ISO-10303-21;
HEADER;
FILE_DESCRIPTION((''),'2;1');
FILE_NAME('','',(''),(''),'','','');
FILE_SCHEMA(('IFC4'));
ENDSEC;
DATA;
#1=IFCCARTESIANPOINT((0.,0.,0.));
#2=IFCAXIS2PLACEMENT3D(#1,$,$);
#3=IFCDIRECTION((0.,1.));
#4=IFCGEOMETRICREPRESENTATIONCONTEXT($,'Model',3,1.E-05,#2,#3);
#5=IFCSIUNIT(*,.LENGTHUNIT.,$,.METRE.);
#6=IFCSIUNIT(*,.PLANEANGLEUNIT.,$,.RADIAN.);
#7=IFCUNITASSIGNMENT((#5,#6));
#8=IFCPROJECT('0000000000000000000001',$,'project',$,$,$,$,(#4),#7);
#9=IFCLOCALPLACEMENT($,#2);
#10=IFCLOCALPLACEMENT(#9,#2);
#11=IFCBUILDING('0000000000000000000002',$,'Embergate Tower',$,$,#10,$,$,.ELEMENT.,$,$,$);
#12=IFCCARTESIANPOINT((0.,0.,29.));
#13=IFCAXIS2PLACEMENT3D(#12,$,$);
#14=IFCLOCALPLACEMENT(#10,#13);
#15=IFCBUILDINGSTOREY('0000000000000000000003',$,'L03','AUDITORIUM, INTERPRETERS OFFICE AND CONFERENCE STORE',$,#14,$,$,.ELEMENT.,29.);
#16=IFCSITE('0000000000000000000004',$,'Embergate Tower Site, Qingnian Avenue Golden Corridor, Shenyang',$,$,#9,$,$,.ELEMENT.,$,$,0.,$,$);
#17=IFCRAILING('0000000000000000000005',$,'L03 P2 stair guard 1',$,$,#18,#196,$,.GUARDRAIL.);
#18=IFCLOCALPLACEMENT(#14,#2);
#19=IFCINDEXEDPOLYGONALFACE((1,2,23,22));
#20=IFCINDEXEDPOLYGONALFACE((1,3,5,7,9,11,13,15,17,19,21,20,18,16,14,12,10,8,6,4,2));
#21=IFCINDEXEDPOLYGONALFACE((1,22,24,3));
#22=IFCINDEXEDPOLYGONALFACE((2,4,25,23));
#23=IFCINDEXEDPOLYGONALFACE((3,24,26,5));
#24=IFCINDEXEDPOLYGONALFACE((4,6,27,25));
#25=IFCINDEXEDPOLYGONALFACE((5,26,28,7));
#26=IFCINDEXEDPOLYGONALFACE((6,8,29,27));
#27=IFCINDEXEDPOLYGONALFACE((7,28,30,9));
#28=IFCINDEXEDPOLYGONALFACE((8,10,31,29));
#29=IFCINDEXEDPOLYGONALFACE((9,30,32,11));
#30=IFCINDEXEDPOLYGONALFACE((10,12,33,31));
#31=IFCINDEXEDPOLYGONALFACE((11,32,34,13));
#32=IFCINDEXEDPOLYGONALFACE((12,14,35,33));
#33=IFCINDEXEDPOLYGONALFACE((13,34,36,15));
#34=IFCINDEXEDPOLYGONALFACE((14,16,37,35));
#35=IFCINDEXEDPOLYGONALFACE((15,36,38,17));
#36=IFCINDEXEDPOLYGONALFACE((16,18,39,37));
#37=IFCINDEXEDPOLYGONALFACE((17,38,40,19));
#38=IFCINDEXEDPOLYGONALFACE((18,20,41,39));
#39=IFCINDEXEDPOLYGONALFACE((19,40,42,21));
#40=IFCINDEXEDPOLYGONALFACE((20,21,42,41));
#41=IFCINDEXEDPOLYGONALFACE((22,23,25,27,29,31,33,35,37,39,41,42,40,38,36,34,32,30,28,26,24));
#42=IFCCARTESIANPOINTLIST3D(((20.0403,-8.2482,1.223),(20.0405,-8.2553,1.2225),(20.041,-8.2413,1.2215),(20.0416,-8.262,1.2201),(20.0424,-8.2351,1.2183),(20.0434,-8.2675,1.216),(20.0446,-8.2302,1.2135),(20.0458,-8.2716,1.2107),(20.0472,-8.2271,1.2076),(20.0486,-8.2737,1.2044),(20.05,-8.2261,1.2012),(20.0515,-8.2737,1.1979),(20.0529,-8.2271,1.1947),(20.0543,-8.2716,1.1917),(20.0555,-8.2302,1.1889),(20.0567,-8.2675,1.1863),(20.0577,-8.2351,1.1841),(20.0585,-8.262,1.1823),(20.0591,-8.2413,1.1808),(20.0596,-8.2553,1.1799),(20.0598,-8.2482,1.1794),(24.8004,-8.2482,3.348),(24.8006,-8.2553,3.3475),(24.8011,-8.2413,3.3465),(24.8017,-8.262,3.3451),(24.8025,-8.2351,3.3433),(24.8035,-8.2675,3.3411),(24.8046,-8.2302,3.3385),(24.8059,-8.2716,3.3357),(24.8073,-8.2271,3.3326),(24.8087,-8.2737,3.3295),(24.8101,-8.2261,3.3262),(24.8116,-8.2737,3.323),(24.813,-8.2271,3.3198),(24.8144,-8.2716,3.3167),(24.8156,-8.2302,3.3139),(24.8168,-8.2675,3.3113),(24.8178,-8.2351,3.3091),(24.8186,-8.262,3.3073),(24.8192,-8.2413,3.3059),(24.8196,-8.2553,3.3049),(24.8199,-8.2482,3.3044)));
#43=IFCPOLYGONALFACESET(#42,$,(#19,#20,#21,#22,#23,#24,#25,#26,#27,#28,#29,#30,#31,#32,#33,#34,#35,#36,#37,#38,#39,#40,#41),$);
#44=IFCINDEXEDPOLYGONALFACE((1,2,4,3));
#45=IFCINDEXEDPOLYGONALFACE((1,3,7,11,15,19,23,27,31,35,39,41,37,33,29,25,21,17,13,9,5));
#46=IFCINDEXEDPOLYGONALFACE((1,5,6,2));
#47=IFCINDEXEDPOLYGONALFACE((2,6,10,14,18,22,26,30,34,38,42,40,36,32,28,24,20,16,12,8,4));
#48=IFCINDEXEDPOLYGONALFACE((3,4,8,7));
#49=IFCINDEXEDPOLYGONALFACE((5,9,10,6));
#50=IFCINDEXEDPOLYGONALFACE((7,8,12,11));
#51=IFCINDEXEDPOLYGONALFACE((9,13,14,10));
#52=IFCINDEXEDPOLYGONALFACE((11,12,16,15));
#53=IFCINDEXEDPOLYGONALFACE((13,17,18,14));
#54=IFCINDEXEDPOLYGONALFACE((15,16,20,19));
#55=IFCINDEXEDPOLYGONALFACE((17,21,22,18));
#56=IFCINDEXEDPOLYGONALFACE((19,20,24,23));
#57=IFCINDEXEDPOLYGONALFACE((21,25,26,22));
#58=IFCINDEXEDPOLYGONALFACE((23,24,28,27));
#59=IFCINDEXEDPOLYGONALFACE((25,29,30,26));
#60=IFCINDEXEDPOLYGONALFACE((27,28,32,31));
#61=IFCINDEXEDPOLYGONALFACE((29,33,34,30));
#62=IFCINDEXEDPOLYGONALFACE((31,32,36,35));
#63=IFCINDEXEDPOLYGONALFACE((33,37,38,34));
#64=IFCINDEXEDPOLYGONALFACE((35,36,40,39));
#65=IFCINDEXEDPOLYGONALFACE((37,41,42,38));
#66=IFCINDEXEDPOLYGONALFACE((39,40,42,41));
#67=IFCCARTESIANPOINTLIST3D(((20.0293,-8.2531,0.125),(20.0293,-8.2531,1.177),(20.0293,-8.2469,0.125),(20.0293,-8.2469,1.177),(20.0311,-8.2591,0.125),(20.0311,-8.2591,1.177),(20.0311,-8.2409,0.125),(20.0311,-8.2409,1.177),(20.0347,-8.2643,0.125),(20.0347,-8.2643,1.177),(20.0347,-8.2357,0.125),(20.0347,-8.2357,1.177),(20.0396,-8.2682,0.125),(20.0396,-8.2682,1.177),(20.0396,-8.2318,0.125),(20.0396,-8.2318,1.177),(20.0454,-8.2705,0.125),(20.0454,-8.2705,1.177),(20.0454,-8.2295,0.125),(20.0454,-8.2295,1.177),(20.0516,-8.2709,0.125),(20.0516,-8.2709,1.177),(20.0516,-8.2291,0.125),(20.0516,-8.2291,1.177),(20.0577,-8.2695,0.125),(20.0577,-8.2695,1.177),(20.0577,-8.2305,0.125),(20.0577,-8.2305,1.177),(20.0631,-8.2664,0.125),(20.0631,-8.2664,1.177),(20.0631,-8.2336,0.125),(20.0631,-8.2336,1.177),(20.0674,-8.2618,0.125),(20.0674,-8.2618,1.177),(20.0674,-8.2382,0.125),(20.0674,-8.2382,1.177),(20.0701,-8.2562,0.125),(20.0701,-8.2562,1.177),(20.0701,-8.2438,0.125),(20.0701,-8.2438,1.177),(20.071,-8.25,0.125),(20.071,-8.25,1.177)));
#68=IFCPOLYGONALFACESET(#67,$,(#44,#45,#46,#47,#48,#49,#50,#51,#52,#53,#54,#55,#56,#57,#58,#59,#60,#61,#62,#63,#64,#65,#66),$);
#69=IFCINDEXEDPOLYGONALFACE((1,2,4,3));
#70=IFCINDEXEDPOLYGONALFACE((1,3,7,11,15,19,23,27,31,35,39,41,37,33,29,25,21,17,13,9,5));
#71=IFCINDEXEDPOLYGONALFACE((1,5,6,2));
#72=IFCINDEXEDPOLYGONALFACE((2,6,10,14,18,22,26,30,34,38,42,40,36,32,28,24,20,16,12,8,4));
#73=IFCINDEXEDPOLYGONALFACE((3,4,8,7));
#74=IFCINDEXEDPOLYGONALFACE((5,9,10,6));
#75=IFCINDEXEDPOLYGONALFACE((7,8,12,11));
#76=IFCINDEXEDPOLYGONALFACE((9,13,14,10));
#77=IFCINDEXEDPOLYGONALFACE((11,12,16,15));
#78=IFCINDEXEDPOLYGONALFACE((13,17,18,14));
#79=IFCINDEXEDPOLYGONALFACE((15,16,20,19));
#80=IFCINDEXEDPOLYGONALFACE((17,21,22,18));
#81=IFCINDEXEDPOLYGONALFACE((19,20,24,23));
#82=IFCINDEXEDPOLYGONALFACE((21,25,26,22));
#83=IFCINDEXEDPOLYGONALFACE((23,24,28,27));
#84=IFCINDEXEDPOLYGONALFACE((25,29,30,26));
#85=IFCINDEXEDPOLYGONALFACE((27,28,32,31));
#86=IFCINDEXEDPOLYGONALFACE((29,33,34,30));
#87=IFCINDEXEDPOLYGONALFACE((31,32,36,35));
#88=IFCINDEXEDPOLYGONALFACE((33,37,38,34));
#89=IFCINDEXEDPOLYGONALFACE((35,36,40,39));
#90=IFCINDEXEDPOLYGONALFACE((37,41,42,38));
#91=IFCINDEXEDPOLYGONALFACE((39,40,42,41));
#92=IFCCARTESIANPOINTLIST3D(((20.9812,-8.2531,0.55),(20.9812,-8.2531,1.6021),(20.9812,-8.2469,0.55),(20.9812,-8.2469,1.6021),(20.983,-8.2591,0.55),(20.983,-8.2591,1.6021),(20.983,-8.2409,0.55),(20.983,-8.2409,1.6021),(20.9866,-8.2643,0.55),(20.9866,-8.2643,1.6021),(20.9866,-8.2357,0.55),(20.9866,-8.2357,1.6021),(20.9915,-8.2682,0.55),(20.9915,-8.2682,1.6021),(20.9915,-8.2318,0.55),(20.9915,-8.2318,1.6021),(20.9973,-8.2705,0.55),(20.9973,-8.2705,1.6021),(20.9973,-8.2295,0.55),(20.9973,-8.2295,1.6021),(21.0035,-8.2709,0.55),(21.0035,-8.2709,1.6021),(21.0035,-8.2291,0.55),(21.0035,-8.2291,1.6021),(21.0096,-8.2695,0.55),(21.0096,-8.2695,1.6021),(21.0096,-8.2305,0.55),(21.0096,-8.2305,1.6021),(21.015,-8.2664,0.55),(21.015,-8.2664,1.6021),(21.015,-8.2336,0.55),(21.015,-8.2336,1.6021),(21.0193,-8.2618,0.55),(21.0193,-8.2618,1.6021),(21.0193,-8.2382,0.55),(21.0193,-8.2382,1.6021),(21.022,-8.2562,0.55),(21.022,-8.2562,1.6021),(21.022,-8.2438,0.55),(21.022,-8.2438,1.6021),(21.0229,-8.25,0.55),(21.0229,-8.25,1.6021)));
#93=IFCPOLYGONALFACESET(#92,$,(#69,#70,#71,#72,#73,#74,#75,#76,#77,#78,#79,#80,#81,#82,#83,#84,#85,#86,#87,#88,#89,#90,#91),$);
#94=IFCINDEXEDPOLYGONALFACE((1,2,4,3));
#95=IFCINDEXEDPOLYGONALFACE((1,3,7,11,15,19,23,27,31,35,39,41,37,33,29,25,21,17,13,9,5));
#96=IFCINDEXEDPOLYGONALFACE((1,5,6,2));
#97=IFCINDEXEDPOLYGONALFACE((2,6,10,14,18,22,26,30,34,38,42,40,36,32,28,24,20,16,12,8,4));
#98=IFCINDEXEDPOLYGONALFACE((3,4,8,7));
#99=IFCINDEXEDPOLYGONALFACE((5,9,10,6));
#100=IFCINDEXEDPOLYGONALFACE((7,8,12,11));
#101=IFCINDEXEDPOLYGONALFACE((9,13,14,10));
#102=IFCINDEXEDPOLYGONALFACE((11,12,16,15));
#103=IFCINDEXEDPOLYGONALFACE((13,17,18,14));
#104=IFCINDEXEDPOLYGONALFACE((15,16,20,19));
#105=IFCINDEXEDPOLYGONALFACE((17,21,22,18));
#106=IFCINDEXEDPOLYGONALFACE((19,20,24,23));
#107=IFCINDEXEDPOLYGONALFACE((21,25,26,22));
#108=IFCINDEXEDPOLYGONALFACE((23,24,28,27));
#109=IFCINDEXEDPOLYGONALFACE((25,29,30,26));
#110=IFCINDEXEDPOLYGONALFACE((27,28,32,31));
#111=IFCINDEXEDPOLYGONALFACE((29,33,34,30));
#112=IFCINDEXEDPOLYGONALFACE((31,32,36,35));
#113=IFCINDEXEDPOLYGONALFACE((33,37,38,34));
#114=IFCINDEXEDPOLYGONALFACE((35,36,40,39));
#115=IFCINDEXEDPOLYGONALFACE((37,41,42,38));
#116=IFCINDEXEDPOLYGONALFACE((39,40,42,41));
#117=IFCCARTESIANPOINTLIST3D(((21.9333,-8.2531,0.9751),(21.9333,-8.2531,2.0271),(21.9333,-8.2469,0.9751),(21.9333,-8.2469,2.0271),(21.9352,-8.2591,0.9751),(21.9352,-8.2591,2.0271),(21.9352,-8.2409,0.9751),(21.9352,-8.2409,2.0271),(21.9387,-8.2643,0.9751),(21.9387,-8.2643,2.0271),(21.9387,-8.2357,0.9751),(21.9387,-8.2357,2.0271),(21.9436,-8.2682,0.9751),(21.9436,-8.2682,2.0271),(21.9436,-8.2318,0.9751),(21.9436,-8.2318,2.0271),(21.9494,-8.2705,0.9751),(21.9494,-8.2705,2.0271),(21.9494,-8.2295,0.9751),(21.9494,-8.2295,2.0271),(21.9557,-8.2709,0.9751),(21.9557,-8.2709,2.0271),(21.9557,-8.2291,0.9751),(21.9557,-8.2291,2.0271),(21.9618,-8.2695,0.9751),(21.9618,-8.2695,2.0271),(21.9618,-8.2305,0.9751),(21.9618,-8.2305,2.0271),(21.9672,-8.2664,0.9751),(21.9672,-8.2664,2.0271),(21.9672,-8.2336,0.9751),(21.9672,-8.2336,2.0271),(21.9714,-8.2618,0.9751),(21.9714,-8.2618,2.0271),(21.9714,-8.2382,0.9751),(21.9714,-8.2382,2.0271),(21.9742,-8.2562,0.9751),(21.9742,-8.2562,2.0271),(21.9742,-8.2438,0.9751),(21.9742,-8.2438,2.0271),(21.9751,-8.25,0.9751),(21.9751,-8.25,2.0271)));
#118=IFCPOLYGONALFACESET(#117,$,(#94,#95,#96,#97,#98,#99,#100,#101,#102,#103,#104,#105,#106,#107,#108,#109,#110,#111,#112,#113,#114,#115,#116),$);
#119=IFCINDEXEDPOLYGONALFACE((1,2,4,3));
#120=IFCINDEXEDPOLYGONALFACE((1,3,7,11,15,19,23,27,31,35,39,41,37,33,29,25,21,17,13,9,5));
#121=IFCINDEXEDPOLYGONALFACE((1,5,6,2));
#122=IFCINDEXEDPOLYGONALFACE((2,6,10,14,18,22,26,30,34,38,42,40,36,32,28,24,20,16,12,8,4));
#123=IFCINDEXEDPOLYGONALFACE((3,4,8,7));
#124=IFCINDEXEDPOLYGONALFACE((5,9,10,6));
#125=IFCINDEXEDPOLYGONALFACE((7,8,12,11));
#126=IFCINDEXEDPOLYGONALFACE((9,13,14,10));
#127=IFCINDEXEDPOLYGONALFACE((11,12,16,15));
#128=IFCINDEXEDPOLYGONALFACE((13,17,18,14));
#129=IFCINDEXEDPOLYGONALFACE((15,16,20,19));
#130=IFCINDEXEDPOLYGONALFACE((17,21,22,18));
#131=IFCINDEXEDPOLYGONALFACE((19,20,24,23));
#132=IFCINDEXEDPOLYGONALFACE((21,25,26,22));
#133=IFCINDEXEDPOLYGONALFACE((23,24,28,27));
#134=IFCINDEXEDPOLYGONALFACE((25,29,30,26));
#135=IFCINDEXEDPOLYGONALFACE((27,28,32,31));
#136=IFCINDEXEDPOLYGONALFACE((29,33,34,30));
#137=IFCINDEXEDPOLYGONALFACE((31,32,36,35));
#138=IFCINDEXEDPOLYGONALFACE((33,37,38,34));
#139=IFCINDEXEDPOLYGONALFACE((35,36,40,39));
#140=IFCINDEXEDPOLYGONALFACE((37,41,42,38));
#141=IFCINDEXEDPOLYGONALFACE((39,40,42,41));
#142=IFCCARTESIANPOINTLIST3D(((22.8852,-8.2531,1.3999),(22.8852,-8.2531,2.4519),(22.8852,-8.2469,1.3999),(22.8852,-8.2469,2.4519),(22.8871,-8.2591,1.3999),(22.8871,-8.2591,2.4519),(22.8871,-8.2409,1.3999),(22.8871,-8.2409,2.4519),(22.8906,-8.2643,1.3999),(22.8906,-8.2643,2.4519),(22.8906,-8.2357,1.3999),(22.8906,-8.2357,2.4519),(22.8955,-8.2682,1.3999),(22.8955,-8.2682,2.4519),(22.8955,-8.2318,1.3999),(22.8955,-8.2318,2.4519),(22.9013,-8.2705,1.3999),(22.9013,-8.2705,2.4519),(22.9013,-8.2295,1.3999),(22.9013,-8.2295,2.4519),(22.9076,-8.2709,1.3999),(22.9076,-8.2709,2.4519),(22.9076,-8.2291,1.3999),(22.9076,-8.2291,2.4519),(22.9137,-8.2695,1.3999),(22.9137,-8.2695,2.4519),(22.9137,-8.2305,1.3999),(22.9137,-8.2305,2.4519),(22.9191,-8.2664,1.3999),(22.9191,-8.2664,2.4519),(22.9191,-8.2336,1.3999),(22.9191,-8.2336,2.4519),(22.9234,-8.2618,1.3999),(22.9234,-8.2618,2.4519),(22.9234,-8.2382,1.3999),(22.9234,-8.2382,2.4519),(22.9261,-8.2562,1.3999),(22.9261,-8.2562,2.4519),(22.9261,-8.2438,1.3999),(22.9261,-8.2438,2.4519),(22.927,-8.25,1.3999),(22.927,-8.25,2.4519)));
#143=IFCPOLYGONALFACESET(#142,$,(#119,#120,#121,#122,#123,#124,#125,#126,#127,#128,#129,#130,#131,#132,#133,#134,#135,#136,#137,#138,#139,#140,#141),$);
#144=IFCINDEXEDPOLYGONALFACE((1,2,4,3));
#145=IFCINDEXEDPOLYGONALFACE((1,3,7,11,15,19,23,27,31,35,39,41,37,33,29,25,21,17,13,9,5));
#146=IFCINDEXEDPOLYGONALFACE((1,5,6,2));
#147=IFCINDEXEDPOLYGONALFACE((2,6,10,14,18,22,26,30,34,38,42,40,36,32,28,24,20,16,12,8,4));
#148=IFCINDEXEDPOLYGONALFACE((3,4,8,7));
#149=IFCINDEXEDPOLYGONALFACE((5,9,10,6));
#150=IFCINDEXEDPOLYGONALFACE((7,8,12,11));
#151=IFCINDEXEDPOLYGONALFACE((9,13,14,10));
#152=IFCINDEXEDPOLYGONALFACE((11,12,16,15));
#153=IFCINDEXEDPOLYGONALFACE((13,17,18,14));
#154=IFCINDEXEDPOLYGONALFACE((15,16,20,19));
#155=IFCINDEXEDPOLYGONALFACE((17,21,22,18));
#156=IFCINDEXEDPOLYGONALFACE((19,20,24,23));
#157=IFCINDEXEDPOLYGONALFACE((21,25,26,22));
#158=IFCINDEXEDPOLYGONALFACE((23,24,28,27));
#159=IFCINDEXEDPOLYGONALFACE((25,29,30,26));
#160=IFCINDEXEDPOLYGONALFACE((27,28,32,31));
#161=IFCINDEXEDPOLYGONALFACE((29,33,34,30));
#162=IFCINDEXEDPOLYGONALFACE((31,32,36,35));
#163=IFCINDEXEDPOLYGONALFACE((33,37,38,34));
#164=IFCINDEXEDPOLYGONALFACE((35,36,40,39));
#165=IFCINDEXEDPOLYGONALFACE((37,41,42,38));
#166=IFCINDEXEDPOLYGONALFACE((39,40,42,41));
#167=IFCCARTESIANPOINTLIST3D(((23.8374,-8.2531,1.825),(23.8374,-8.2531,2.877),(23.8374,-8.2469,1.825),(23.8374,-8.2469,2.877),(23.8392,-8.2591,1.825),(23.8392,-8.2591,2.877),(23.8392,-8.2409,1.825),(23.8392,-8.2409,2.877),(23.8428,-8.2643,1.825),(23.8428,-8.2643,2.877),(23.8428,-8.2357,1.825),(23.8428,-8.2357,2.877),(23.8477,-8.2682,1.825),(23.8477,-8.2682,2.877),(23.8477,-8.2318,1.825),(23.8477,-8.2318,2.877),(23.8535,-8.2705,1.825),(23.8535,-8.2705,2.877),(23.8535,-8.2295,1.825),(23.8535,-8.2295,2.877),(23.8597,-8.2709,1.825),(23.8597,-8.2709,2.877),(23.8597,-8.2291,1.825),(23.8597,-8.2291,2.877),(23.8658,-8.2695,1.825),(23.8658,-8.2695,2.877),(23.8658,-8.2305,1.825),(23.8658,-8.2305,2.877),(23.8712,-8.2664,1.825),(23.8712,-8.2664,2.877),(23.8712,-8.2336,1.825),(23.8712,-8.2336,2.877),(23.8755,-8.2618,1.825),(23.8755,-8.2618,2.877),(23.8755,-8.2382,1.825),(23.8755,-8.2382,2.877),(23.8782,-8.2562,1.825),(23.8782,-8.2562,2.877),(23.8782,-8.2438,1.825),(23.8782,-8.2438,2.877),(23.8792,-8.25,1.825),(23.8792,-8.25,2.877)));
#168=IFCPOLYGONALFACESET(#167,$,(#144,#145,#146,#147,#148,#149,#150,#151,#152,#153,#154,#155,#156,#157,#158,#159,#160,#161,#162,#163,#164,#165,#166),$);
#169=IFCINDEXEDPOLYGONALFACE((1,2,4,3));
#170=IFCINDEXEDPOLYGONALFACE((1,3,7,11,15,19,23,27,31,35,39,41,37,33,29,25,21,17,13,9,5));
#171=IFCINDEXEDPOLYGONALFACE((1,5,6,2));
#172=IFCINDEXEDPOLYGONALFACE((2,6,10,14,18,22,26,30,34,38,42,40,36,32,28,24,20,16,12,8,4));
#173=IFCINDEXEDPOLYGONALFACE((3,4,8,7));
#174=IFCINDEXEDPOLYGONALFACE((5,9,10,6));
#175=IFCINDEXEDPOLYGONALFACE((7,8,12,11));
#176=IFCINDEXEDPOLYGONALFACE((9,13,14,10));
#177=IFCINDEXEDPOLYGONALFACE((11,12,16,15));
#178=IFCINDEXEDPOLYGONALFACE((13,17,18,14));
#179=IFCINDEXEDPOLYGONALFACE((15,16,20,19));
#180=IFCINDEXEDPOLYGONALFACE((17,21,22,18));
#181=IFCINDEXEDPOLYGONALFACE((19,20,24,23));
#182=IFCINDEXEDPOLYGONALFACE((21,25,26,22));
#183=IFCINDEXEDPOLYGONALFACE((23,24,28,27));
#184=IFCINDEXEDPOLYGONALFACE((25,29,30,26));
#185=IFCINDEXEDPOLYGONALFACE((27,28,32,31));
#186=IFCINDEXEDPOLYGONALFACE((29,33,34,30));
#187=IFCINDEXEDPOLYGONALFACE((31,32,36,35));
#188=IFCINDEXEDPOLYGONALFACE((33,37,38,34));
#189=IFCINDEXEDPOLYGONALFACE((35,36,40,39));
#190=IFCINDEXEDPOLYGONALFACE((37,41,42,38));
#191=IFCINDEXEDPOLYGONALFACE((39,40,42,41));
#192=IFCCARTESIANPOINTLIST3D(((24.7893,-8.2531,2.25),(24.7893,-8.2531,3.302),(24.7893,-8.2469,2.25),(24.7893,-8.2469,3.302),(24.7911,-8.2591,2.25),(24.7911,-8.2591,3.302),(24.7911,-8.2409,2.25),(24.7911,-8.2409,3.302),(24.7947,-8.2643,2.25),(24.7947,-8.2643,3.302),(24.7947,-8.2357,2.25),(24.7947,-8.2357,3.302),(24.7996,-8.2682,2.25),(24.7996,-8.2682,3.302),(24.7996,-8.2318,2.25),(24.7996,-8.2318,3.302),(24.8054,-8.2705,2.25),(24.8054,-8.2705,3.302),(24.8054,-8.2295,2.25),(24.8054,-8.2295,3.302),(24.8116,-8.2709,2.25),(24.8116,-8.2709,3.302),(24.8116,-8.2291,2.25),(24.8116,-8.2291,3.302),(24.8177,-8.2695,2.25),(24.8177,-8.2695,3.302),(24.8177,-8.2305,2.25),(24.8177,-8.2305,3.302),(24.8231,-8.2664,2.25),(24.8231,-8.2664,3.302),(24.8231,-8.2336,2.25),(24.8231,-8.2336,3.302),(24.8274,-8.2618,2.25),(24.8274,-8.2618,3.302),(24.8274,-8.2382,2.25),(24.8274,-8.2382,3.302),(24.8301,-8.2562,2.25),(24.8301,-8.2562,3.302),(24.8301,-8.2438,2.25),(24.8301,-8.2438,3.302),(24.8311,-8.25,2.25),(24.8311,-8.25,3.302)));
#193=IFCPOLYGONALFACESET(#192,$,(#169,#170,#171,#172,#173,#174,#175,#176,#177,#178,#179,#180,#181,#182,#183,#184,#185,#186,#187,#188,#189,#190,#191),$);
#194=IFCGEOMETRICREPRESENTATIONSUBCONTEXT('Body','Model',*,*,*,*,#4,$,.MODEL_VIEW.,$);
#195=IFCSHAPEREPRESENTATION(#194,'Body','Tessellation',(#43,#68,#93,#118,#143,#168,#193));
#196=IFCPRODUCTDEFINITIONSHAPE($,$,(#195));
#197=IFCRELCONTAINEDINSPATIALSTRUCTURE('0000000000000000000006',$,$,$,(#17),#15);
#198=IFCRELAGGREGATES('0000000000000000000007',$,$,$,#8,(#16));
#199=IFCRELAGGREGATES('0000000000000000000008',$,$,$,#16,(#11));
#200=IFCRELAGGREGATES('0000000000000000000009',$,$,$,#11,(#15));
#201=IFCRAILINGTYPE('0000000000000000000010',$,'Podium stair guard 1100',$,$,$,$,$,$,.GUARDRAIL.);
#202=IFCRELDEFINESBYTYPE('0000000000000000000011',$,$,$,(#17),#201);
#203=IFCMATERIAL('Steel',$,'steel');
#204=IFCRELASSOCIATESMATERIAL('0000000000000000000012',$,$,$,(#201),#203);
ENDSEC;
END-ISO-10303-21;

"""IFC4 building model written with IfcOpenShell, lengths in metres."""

from ifc_helpers import new_model, si_unit, direction, frame, origin, origin_2d, place, context, subcontext, project, spatial, circle, extrude, source, transform, mapped, material, type_object, element, save


model = new_model("IFC4")

# Units and contexts
model_context = context("Model", 3, precision=1e-05, world=origin(), true_north=direction((0.0, 1.0)))
body_context = subcontext(model_context, "Body", "Model", "MODEL_VIEW")
ifc_project = project(units=[si_unit("LENGTHUNIT", "METRE"), si_unit("PLANEANGLEUNIT", "RADIAN")], contexts=[model_context])

# Site, building, storey
site_placement = place(None, origin())
site = spatial("IfcSite", under=ifc_project, at=site_placement, Name="Embergate Tower Site, Qingnian Avenue Golden Corridor, Shenyang", CompositionType="ELEMENT", RefElevation=0.0)
building_placement = place(site_placement, origin())
building = spatial("IfcBuilding", under=site, at=building_placement, Name="Embergate Tower", CompositionType="ELEMENT")
storey_placement = place(building_placement, frame((0.0, 0.0, 29.0)))
storey = spatial("IfcBuildingStorey", under=building, at=storey_placement, Name="L03", Description="AUDITORIUM, INTERPRETERS OFFICE AND CONFERENCE STORE", CompositionType="ELEMENT", Elevation=29.0)

# Railing
ifc_material_1 = material(Name="Steel", Category="steel")
railing_type_1 = type_object("IfcRailingType", Name="Podium stair guard 1100", PredefinedType="GUARDRAIL", material=ifc_material_1)
shared_shape_1 = source(origin(), body_context, "Body", "SweptSolid", [
    extrude(circle(Radius=0.0239, at=origin_2d()), frame((0.0, 0.0, 1.0762), z_axis=(0.913138, 0.0, 0.40765), x_axis=(0.0, 1.0, 0.0)), (0.0, 0.0, 1.0), 5.2129),
    extrude(circle(Radius=0.021, at=origin_2d()), origin(), (0.0, 0.0, 1.0), 1.052),
    extrude(circle(Radius=0.021, at=origin_2d()), frame((0.9519, 0.0, 0.425)), (0.0, 0.0, 1.0), 1.052),
    extrude(circle(Radius=0.021, at=origin_2d()), frame((1.9041, 0.0, 0.8501)), (0.0, 0.0, 1.0), 1.052),
    extrude(circle(Radius=0.021, at=origin_2d()), frame((2.856, 0.0, 1.2749)), (0.0, 0.0, 1.0), 1.052),
    extrude(circle(Radius=0.021, at=origin_2d()), frame((3.8081, 0.0, 1.7)), (0.0, 0.0, 1.0), 1.052),
    extrude(circle(Radius=0.021, at=origin_2d()), frame((4.76, 0.0, 2.125)), (0.0, 0.0, 1.0), 1.052),
])
railing_1_placement = place(storey_placement, frame((20.05, -8.25, 0.125)))
element("IfcRailing", 1, at=railing_1_placement, inside=storey, type_object=railing_type_1, Name="L03 P2 stair guard 1", PredefinedType="GUARDRAIL", context=body_context, shape_type="MappedRepresentation", body=[
    mapped(shared_shape_1, transform((0.0, 0.0, 0.0))),
])

save(model, "model.ifc")
